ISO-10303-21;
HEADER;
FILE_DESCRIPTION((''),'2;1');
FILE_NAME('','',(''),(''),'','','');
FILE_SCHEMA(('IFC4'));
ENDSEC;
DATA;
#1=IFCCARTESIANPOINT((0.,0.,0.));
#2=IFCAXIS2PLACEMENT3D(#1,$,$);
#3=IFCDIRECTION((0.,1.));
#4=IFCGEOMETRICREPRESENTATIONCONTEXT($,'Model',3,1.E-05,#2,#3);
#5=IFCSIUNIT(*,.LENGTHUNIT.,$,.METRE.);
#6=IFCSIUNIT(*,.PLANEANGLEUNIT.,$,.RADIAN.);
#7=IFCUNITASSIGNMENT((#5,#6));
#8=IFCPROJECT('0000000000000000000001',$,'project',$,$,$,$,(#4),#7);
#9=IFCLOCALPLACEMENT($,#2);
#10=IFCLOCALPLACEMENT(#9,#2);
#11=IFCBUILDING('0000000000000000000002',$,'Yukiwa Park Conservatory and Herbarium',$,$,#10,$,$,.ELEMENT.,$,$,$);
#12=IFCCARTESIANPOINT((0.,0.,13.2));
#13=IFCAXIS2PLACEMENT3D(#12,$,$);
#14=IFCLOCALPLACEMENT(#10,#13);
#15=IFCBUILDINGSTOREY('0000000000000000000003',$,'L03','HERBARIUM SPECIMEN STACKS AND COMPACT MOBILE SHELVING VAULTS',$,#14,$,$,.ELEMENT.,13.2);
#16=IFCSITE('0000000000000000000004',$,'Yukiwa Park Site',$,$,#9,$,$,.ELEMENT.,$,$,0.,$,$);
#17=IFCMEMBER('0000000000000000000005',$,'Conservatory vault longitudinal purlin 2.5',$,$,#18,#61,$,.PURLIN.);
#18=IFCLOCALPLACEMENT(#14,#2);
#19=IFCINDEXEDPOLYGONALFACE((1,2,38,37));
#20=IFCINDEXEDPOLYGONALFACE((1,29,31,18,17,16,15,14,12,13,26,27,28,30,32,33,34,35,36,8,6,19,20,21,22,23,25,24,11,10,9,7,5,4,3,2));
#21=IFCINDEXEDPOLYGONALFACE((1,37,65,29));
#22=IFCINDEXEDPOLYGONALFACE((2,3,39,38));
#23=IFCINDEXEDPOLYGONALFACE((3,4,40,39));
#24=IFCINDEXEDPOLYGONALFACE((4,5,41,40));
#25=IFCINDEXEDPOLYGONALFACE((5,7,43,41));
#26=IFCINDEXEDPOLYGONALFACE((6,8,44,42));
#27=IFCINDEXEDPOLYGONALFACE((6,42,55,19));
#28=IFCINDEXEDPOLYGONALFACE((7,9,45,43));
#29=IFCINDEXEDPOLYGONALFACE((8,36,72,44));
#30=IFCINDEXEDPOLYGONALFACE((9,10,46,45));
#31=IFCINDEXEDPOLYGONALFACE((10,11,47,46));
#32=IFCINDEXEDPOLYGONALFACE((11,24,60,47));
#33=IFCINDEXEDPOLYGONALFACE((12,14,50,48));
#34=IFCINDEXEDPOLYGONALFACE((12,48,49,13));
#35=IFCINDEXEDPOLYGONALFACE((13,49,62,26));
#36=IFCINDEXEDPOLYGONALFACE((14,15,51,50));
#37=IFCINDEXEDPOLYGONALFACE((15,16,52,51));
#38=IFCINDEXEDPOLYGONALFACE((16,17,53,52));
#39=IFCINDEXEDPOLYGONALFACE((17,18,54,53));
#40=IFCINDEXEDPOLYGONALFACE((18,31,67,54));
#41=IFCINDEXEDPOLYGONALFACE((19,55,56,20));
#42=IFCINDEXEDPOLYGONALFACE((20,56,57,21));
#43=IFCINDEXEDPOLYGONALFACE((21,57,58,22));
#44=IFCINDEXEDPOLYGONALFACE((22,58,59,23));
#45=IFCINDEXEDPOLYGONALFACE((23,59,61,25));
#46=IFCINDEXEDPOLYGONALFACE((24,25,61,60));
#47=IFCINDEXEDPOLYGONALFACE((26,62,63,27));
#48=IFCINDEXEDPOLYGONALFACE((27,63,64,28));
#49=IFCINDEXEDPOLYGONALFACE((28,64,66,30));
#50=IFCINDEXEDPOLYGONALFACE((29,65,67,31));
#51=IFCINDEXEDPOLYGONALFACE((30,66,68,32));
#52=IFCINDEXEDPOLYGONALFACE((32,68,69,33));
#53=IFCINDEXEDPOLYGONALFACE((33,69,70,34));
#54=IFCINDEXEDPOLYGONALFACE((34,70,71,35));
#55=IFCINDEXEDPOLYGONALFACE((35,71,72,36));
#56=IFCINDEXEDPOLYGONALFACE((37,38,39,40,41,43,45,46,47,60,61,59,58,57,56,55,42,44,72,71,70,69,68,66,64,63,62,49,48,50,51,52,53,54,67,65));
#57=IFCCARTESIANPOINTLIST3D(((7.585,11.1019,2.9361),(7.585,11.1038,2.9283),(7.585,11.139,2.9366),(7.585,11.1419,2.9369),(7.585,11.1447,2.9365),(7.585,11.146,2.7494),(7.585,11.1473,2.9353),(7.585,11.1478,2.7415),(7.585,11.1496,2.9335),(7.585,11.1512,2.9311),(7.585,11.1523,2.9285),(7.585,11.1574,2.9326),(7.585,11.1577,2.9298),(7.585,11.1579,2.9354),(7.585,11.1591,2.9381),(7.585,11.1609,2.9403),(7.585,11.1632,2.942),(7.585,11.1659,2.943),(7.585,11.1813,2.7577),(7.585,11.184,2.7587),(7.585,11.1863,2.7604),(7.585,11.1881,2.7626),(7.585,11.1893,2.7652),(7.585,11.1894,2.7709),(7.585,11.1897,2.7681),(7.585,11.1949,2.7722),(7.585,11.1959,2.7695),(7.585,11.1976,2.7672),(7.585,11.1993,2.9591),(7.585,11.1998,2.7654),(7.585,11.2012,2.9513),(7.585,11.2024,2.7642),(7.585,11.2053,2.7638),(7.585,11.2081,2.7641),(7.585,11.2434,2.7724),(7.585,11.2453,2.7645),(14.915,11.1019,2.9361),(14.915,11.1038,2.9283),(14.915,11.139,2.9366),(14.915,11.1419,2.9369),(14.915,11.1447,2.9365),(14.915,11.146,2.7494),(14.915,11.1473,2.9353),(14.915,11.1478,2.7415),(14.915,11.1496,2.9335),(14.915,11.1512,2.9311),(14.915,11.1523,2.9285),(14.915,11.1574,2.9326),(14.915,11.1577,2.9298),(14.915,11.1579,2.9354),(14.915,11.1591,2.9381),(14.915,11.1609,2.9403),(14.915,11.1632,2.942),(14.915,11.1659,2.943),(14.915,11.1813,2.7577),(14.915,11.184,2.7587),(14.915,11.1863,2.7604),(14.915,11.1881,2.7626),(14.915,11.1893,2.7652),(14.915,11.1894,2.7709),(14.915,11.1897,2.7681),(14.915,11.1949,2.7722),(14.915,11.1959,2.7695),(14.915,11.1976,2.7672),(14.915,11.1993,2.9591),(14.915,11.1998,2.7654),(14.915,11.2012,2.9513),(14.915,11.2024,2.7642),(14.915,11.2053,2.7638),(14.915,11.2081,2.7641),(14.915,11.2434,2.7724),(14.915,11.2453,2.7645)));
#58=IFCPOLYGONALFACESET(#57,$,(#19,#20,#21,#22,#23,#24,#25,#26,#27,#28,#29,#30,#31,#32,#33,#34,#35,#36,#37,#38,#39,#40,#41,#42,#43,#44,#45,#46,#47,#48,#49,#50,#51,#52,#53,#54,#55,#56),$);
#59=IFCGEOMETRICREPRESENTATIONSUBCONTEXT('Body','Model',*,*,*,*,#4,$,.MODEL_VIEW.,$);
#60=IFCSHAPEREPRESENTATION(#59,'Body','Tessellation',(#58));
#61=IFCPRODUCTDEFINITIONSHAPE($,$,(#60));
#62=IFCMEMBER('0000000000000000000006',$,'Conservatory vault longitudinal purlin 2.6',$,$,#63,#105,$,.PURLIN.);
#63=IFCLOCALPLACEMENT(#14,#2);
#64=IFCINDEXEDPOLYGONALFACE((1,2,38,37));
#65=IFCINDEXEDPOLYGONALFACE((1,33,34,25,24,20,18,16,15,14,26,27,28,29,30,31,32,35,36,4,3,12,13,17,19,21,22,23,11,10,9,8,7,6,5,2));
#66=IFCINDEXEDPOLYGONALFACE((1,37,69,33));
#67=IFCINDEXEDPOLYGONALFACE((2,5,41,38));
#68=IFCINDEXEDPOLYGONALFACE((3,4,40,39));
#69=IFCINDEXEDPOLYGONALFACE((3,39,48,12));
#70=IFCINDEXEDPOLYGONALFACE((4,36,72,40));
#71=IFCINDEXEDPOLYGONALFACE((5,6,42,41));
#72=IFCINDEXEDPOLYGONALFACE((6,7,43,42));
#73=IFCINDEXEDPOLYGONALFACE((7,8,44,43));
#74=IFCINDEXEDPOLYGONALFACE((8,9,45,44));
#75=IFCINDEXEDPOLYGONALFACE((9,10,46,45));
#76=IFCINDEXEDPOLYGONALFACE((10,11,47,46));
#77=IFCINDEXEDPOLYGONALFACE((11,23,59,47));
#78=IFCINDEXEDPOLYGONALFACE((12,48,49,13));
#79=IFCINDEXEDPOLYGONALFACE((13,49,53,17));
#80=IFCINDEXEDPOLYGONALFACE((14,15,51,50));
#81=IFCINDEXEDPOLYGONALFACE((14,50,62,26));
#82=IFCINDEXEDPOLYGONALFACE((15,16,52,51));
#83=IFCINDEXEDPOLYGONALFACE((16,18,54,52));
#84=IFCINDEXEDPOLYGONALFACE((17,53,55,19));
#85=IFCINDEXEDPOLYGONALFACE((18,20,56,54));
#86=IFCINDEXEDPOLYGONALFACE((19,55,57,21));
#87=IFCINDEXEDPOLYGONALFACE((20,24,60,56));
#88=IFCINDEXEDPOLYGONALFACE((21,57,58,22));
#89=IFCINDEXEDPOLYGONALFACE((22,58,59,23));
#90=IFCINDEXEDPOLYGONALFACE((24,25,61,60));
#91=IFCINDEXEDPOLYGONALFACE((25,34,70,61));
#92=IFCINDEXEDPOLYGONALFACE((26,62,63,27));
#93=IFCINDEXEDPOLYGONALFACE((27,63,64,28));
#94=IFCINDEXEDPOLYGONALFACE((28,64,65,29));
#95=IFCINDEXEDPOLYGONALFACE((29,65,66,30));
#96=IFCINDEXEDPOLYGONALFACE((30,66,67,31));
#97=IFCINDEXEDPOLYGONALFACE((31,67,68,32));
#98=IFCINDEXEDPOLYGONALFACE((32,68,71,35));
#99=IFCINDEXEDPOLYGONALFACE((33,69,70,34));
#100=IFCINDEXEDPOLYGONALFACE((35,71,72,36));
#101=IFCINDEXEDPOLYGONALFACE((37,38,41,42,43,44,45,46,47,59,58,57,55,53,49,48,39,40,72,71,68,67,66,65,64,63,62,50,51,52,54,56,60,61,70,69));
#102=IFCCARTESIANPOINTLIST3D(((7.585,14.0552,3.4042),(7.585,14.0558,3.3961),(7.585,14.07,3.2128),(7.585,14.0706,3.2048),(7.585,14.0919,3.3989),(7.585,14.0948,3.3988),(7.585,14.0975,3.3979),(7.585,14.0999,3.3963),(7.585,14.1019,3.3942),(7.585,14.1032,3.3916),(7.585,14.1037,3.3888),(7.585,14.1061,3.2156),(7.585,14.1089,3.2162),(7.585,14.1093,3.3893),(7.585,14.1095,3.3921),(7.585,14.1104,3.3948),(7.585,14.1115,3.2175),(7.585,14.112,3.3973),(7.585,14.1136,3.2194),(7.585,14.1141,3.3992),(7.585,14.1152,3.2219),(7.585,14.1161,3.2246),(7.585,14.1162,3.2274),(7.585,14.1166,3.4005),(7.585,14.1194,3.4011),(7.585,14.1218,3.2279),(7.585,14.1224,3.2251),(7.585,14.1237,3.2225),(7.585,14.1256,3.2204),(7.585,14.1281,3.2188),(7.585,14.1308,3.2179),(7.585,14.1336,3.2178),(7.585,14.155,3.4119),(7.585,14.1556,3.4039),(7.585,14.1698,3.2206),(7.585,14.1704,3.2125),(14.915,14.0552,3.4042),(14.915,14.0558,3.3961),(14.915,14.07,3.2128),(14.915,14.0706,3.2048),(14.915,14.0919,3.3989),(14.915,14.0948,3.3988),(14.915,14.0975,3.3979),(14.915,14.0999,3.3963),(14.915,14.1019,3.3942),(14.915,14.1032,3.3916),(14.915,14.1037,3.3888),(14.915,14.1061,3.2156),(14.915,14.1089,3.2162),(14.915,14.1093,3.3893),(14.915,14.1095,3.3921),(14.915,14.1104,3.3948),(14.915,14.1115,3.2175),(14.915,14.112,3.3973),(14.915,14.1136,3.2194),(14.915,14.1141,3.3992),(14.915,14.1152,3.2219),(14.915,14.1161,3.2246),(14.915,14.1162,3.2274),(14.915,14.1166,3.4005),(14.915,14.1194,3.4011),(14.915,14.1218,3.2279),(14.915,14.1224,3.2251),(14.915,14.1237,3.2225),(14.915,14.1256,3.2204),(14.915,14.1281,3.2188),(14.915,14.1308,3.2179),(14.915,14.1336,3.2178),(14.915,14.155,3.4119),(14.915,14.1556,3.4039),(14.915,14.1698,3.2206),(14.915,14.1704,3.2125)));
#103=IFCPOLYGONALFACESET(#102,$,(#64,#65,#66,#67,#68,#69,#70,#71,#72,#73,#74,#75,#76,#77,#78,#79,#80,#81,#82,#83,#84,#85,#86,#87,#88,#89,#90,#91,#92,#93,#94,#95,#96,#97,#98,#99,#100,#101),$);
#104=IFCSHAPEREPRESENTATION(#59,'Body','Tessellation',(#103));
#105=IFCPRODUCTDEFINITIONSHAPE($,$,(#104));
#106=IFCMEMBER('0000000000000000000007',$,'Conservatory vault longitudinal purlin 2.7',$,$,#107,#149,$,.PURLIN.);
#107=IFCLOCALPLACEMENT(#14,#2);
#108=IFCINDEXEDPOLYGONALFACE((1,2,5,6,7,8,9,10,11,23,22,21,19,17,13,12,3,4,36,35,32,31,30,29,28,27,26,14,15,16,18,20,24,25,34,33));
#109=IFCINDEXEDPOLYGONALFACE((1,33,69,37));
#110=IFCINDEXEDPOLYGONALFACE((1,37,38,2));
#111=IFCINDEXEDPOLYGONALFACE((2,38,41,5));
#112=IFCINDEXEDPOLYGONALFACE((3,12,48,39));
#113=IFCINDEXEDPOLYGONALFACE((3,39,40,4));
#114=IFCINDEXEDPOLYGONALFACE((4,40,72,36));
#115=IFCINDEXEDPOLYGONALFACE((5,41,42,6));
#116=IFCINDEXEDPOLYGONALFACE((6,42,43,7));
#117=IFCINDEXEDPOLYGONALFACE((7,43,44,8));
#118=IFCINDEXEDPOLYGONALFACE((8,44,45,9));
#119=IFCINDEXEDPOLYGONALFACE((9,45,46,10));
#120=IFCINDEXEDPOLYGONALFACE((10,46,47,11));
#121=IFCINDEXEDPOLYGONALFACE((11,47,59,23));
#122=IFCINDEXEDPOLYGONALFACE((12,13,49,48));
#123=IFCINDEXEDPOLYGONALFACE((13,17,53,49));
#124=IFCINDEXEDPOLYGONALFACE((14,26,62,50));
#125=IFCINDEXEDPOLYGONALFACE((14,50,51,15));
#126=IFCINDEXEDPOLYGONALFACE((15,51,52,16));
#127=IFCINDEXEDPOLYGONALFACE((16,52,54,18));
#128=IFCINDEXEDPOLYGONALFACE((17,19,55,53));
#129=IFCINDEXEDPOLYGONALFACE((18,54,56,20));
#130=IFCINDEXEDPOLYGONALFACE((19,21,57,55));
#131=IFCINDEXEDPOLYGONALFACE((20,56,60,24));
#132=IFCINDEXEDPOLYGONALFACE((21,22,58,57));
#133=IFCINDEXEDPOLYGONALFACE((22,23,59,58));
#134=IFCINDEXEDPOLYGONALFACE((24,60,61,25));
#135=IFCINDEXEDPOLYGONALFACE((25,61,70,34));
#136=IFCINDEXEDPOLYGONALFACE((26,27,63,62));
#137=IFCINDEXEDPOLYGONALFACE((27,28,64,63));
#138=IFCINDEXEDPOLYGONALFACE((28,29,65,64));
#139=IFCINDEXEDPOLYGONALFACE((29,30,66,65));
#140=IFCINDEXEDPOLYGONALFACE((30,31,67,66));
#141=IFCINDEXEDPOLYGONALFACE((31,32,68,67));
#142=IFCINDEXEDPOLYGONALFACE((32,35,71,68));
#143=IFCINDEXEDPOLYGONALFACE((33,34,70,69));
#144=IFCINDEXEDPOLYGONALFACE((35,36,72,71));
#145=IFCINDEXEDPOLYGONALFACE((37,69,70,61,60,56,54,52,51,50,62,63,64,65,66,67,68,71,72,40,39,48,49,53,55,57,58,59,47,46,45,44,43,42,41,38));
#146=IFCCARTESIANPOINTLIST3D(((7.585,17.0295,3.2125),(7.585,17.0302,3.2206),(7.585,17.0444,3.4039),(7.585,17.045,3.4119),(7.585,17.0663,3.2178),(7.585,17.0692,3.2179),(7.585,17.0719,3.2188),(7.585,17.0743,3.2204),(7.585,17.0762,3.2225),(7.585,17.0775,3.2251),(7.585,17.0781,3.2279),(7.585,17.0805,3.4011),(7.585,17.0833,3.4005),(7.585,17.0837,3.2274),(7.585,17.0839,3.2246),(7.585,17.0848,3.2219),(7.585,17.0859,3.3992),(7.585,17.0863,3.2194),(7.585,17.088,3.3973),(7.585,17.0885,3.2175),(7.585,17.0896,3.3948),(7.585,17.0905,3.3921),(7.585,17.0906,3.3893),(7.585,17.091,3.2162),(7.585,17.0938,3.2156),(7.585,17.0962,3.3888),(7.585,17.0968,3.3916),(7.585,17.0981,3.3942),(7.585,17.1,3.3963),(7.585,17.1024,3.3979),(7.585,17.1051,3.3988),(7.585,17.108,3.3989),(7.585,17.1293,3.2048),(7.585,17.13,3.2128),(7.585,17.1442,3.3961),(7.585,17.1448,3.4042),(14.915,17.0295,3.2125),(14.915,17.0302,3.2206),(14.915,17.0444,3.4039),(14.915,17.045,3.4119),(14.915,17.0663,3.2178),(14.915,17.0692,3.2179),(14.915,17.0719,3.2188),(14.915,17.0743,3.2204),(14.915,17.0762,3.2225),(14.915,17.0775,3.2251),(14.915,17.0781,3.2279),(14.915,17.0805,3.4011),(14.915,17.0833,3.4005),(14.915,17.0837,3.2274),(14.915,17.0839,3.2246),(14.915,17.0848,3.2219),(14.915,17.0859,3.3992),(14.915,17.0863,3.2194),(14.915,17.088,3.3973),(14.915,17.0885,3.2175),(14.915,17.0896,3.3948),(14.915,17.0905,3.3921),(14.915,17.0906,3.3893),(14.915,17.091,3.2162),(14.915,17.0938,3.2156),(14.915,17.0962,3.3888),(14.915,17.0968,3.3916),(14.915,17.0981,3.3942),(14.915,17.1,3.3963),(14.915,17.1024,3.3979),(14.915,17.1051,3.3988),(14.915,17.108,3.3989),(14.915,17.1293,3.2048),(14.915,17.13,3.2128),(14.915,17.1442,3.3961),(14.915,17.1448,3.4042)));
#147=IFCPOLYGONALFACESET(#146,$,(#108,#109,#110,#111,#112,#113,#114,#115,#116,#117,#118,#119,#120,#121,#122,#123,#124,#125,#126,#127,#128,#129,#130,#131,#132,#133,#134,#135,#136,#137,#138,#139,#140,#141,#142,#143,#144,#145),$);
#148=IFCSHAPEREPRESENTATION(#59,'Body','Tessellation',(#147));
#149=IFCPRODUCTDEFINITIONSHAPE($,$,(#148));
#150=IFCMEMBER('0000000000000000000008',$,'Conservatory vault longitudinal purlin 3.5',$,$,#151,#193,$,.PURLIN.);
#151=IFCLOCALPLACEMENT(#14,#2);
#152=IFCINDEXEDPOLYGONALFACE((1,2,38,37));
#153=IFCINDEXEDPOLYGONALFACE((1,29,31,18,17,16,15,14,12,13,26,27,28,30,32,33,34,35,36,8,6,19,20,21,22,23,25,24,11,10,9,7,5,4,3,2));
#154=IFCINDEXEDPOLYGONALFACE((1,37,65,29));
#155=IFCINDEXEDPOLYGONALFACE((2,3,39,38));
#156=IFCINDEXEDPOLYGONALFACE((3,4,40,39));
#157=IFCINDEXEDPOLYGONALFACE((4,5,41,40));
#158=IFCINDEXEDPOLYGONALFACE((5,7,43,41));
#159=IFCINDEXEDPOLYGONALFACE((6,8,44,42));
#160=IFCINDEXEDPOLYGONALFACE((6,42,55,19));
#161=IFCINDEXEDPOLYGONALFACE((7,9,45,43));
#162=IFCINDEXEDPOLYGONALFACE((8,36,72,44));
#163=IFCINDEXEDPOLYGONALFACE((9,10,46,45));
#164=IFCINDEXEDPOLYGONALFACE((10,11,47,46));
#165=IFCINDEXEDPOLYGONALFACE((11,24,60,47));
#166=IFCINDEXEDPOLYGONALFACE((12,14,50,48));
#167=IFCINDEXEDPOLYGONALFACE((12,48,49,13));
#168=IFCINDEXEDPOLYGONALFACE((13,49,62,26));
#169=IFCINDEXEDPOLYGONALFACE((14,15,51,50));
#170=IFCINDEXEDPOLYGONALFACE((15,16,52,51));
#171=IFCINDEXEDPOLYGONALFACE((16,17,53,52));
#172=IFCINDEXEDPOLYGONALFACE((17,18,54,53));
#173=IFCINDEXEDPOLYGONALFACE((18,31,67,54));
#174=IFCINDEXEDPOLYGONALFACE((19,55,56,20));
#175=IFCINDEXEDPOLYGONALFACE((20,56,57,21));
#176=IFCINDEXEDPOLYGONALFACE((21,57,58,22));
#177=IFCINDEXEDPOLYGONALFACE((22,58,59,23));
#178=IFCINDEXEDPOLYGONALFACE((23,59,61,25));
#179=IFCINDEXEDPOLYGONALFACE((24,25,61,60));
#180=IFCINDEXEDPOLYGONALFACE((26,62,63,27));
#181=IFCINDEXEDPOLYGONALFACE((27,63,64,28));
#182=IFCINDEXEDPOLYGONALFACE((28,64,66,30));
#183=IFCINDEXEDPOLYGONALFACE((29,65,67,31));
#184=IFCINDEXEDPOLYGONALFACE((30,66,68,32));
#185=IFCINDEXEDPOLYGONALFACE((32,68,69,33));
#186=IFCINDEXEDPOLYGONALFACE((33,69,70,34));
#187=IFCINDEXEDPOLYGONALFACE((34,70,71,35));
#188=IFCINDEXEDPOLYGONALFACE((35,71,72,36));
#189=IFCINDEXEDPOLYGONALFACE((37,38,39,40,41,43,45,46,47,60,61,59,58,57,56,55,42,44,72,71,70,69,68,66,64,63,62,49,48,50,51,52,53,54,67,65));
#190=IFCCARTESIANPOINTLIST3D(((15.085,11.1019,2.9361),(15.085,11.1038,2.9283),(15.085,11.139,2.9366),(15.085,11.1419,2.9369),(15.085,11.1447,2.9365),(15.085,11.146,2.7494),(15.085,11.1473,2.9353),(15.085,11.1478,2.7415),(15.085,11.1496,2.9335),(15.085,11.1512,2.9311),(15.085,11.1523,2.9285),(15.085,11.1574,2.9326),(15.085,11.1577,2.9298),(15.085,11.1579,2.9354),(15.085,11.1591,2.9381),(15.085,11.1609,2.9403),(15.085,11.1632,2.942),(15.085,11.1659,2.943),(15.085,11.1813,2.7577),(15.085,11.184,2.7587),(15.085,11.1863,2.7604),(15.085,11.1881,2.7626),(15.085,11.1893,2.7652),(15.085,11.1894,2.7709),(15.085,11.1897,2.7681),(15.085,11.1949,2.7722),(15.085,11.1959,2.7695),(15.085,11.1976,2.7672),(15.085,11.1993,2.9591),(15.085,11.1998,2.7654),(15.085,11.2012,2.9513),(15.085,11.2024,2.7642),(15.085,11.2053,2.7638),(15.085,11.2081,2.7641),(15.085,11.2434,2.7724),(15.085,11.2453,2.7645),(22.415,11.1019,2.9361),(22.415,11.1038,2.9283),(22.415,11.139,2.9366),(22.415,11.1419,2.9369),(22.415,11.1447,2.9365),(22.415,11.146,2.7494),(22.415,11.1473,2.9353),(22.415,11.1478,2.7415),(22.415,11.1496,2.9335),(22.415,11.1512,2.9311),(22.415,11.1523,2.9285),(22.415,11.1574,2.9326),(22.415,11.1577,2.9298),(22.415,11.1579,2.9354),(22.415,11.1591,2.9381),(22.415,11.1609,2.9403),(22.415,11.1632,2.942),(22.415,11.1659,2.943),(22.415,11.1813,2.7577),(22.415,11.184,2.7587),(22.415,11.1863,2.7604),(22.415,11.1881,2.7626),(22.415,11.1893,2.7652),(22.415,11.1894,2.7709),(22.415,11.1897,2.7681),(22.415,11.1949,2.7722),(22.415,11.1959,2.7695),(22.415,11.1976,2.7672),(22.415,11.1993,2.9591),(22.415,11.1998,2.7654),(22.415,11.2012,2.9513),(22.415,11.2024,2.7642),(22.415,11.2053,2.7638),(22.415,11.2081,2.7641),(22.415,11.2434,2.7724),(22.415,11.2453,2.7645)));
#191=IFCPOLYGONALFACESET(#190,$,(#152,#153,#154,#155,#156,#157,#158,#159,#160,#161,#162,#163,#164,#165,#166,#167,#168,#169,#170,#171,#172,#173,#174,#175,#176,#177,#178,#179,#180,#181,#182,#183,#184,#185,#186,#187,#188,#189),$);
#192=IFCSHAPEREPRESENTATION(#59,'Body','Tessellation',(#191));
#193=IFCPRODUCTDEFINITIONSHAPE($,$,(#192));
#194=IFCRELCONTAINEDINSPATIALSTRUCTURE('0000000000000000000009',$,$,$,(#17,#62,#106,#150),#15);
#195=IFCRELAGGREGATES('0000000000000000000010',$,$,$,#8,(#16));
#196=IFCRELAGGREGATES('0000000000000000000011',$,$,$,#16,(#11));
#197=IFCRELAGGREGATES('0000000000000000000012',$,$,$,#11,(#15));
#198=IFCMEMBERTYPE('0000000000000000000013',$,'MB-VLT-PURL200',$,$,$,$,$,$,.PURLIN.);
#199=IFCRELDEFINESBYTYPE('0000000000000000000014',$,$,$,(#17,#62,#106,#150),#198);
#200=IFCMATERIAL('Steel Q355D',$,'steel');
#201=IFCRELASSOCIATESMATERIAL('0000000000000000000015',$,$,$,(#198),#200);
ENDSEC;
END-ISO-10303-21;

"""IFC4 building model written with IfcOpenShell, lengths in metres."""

from ifc_helpers import new_model, si_unit, direction, frame, origin, origin_2d, place, context, subcontext, project, spatial, i_section, extrude, material, material_profile, profile_set, type_object, element, save


model = new_model("IFC4")

# Units and contexts
model_context = context("Model", 3, precision=1e-05, world=origin(), true_north=direction((0.0, 1.0)))
body_context = subcontext(model_context, "Body", "Model", "MODEL_VIEW")
ifc_project = project(units=[si_unit("LENGTHUNIT", "METRE"), si_unit("PLANEANGLEUNIT", "RADIAN")], contexts=[model_context])

# Site, building, storey
site_placement = place(None, origin())
site = spatial("IfcSite", under=ifc_project, at=site_placement, Name="Yukiwa Park Site", CompositionType="ELEMENT", RefElevation=0.0)
building_placement = place(site_placement, origin())
building = spatial("IfcBuilding", under=site, at=building_placement, Name="Yukiwa Park Conservatory and Herbarium", CompositionType="ELEMENT")
storey_placement = place(building_placement, frame((0.0, 0.0, 13.2)))
storey = spatial("IfcBuildingStorey", under=building, at=storey_placement, Name="L03", Description="HERBARIUM SPECIMEN STACKS AND COMPACT MOBILE SHELVING VAULTS", CompositionType="ELEMENT", Elevation=13.2)

# Members
ifc_material_1 = material(Name="Steel Q355D", Category="steel")
ifc_material_profile_1 = material_profile(ifc_material_1, i_section(OverallWidth=0.1001, OverallDepth=0.2, WebThickness=0.0056, FlangeThickness=0.0081, FilletRadius=0.011, at=origin_2d()), Name="HN 200x100x5.5x8")
ifc_profile_set_1 = profile_set([ifc_material_profile_1], Name="Steel Q355D")
member_type_1 = type_object("IfcMemberType", Name="MB-VLT-PURL200", PredefinedType="PURLIN", material=ifc_profile_set_1)
for number, where, z_axis, x_axis, name in (
    (1, (7.585, 11.1736, 2.8503), (1.0, 0.0, 0.0), (0.0, 0.973249, 0.229752), "Conservatory vault longitudinal purlin 2.5"),
    (2, (7.585, 14.1128, 3.3083), (1.0, 0.0, 0.0), (0.0, 0.997016, 0.077198), "Conservatory vault longitudinal purlin 2.6"),
    (3, (7.585, 17.0872, 3.3083), (1.0, 0.0, 0.0), (0.0, 0.997016, -0.077198), "Conservatory vault longitudinal purlin 2.7"),
    (4, (15.085, 11.1736, 2.8503), (1.0, 0.0, 0.0), (0.0, 0.973249, 0.229752), "Conservatory vault longitudinal purlin 3.5"),
):
    element("IfcMember", number, at=place(storey_placement, frame(where, z_axis=z_axis, x_axis=x_axis)), inside=storey, type_object=member_type_1, Name=name, PredefinedType="PURLIN", context=body_context, shape_type="SweptSolid", body=[
        extrude(i_section(OverallWidth=0.1001, OverallDepth=0.2, WebThickness=0.0056, FlangeThickness=0.0081, FilletRadius=0.011, at=origin_2d()), origin(), (0.0, 0.0, 1.0), 7.3301),
    ])

save(model, "model.ifc")
